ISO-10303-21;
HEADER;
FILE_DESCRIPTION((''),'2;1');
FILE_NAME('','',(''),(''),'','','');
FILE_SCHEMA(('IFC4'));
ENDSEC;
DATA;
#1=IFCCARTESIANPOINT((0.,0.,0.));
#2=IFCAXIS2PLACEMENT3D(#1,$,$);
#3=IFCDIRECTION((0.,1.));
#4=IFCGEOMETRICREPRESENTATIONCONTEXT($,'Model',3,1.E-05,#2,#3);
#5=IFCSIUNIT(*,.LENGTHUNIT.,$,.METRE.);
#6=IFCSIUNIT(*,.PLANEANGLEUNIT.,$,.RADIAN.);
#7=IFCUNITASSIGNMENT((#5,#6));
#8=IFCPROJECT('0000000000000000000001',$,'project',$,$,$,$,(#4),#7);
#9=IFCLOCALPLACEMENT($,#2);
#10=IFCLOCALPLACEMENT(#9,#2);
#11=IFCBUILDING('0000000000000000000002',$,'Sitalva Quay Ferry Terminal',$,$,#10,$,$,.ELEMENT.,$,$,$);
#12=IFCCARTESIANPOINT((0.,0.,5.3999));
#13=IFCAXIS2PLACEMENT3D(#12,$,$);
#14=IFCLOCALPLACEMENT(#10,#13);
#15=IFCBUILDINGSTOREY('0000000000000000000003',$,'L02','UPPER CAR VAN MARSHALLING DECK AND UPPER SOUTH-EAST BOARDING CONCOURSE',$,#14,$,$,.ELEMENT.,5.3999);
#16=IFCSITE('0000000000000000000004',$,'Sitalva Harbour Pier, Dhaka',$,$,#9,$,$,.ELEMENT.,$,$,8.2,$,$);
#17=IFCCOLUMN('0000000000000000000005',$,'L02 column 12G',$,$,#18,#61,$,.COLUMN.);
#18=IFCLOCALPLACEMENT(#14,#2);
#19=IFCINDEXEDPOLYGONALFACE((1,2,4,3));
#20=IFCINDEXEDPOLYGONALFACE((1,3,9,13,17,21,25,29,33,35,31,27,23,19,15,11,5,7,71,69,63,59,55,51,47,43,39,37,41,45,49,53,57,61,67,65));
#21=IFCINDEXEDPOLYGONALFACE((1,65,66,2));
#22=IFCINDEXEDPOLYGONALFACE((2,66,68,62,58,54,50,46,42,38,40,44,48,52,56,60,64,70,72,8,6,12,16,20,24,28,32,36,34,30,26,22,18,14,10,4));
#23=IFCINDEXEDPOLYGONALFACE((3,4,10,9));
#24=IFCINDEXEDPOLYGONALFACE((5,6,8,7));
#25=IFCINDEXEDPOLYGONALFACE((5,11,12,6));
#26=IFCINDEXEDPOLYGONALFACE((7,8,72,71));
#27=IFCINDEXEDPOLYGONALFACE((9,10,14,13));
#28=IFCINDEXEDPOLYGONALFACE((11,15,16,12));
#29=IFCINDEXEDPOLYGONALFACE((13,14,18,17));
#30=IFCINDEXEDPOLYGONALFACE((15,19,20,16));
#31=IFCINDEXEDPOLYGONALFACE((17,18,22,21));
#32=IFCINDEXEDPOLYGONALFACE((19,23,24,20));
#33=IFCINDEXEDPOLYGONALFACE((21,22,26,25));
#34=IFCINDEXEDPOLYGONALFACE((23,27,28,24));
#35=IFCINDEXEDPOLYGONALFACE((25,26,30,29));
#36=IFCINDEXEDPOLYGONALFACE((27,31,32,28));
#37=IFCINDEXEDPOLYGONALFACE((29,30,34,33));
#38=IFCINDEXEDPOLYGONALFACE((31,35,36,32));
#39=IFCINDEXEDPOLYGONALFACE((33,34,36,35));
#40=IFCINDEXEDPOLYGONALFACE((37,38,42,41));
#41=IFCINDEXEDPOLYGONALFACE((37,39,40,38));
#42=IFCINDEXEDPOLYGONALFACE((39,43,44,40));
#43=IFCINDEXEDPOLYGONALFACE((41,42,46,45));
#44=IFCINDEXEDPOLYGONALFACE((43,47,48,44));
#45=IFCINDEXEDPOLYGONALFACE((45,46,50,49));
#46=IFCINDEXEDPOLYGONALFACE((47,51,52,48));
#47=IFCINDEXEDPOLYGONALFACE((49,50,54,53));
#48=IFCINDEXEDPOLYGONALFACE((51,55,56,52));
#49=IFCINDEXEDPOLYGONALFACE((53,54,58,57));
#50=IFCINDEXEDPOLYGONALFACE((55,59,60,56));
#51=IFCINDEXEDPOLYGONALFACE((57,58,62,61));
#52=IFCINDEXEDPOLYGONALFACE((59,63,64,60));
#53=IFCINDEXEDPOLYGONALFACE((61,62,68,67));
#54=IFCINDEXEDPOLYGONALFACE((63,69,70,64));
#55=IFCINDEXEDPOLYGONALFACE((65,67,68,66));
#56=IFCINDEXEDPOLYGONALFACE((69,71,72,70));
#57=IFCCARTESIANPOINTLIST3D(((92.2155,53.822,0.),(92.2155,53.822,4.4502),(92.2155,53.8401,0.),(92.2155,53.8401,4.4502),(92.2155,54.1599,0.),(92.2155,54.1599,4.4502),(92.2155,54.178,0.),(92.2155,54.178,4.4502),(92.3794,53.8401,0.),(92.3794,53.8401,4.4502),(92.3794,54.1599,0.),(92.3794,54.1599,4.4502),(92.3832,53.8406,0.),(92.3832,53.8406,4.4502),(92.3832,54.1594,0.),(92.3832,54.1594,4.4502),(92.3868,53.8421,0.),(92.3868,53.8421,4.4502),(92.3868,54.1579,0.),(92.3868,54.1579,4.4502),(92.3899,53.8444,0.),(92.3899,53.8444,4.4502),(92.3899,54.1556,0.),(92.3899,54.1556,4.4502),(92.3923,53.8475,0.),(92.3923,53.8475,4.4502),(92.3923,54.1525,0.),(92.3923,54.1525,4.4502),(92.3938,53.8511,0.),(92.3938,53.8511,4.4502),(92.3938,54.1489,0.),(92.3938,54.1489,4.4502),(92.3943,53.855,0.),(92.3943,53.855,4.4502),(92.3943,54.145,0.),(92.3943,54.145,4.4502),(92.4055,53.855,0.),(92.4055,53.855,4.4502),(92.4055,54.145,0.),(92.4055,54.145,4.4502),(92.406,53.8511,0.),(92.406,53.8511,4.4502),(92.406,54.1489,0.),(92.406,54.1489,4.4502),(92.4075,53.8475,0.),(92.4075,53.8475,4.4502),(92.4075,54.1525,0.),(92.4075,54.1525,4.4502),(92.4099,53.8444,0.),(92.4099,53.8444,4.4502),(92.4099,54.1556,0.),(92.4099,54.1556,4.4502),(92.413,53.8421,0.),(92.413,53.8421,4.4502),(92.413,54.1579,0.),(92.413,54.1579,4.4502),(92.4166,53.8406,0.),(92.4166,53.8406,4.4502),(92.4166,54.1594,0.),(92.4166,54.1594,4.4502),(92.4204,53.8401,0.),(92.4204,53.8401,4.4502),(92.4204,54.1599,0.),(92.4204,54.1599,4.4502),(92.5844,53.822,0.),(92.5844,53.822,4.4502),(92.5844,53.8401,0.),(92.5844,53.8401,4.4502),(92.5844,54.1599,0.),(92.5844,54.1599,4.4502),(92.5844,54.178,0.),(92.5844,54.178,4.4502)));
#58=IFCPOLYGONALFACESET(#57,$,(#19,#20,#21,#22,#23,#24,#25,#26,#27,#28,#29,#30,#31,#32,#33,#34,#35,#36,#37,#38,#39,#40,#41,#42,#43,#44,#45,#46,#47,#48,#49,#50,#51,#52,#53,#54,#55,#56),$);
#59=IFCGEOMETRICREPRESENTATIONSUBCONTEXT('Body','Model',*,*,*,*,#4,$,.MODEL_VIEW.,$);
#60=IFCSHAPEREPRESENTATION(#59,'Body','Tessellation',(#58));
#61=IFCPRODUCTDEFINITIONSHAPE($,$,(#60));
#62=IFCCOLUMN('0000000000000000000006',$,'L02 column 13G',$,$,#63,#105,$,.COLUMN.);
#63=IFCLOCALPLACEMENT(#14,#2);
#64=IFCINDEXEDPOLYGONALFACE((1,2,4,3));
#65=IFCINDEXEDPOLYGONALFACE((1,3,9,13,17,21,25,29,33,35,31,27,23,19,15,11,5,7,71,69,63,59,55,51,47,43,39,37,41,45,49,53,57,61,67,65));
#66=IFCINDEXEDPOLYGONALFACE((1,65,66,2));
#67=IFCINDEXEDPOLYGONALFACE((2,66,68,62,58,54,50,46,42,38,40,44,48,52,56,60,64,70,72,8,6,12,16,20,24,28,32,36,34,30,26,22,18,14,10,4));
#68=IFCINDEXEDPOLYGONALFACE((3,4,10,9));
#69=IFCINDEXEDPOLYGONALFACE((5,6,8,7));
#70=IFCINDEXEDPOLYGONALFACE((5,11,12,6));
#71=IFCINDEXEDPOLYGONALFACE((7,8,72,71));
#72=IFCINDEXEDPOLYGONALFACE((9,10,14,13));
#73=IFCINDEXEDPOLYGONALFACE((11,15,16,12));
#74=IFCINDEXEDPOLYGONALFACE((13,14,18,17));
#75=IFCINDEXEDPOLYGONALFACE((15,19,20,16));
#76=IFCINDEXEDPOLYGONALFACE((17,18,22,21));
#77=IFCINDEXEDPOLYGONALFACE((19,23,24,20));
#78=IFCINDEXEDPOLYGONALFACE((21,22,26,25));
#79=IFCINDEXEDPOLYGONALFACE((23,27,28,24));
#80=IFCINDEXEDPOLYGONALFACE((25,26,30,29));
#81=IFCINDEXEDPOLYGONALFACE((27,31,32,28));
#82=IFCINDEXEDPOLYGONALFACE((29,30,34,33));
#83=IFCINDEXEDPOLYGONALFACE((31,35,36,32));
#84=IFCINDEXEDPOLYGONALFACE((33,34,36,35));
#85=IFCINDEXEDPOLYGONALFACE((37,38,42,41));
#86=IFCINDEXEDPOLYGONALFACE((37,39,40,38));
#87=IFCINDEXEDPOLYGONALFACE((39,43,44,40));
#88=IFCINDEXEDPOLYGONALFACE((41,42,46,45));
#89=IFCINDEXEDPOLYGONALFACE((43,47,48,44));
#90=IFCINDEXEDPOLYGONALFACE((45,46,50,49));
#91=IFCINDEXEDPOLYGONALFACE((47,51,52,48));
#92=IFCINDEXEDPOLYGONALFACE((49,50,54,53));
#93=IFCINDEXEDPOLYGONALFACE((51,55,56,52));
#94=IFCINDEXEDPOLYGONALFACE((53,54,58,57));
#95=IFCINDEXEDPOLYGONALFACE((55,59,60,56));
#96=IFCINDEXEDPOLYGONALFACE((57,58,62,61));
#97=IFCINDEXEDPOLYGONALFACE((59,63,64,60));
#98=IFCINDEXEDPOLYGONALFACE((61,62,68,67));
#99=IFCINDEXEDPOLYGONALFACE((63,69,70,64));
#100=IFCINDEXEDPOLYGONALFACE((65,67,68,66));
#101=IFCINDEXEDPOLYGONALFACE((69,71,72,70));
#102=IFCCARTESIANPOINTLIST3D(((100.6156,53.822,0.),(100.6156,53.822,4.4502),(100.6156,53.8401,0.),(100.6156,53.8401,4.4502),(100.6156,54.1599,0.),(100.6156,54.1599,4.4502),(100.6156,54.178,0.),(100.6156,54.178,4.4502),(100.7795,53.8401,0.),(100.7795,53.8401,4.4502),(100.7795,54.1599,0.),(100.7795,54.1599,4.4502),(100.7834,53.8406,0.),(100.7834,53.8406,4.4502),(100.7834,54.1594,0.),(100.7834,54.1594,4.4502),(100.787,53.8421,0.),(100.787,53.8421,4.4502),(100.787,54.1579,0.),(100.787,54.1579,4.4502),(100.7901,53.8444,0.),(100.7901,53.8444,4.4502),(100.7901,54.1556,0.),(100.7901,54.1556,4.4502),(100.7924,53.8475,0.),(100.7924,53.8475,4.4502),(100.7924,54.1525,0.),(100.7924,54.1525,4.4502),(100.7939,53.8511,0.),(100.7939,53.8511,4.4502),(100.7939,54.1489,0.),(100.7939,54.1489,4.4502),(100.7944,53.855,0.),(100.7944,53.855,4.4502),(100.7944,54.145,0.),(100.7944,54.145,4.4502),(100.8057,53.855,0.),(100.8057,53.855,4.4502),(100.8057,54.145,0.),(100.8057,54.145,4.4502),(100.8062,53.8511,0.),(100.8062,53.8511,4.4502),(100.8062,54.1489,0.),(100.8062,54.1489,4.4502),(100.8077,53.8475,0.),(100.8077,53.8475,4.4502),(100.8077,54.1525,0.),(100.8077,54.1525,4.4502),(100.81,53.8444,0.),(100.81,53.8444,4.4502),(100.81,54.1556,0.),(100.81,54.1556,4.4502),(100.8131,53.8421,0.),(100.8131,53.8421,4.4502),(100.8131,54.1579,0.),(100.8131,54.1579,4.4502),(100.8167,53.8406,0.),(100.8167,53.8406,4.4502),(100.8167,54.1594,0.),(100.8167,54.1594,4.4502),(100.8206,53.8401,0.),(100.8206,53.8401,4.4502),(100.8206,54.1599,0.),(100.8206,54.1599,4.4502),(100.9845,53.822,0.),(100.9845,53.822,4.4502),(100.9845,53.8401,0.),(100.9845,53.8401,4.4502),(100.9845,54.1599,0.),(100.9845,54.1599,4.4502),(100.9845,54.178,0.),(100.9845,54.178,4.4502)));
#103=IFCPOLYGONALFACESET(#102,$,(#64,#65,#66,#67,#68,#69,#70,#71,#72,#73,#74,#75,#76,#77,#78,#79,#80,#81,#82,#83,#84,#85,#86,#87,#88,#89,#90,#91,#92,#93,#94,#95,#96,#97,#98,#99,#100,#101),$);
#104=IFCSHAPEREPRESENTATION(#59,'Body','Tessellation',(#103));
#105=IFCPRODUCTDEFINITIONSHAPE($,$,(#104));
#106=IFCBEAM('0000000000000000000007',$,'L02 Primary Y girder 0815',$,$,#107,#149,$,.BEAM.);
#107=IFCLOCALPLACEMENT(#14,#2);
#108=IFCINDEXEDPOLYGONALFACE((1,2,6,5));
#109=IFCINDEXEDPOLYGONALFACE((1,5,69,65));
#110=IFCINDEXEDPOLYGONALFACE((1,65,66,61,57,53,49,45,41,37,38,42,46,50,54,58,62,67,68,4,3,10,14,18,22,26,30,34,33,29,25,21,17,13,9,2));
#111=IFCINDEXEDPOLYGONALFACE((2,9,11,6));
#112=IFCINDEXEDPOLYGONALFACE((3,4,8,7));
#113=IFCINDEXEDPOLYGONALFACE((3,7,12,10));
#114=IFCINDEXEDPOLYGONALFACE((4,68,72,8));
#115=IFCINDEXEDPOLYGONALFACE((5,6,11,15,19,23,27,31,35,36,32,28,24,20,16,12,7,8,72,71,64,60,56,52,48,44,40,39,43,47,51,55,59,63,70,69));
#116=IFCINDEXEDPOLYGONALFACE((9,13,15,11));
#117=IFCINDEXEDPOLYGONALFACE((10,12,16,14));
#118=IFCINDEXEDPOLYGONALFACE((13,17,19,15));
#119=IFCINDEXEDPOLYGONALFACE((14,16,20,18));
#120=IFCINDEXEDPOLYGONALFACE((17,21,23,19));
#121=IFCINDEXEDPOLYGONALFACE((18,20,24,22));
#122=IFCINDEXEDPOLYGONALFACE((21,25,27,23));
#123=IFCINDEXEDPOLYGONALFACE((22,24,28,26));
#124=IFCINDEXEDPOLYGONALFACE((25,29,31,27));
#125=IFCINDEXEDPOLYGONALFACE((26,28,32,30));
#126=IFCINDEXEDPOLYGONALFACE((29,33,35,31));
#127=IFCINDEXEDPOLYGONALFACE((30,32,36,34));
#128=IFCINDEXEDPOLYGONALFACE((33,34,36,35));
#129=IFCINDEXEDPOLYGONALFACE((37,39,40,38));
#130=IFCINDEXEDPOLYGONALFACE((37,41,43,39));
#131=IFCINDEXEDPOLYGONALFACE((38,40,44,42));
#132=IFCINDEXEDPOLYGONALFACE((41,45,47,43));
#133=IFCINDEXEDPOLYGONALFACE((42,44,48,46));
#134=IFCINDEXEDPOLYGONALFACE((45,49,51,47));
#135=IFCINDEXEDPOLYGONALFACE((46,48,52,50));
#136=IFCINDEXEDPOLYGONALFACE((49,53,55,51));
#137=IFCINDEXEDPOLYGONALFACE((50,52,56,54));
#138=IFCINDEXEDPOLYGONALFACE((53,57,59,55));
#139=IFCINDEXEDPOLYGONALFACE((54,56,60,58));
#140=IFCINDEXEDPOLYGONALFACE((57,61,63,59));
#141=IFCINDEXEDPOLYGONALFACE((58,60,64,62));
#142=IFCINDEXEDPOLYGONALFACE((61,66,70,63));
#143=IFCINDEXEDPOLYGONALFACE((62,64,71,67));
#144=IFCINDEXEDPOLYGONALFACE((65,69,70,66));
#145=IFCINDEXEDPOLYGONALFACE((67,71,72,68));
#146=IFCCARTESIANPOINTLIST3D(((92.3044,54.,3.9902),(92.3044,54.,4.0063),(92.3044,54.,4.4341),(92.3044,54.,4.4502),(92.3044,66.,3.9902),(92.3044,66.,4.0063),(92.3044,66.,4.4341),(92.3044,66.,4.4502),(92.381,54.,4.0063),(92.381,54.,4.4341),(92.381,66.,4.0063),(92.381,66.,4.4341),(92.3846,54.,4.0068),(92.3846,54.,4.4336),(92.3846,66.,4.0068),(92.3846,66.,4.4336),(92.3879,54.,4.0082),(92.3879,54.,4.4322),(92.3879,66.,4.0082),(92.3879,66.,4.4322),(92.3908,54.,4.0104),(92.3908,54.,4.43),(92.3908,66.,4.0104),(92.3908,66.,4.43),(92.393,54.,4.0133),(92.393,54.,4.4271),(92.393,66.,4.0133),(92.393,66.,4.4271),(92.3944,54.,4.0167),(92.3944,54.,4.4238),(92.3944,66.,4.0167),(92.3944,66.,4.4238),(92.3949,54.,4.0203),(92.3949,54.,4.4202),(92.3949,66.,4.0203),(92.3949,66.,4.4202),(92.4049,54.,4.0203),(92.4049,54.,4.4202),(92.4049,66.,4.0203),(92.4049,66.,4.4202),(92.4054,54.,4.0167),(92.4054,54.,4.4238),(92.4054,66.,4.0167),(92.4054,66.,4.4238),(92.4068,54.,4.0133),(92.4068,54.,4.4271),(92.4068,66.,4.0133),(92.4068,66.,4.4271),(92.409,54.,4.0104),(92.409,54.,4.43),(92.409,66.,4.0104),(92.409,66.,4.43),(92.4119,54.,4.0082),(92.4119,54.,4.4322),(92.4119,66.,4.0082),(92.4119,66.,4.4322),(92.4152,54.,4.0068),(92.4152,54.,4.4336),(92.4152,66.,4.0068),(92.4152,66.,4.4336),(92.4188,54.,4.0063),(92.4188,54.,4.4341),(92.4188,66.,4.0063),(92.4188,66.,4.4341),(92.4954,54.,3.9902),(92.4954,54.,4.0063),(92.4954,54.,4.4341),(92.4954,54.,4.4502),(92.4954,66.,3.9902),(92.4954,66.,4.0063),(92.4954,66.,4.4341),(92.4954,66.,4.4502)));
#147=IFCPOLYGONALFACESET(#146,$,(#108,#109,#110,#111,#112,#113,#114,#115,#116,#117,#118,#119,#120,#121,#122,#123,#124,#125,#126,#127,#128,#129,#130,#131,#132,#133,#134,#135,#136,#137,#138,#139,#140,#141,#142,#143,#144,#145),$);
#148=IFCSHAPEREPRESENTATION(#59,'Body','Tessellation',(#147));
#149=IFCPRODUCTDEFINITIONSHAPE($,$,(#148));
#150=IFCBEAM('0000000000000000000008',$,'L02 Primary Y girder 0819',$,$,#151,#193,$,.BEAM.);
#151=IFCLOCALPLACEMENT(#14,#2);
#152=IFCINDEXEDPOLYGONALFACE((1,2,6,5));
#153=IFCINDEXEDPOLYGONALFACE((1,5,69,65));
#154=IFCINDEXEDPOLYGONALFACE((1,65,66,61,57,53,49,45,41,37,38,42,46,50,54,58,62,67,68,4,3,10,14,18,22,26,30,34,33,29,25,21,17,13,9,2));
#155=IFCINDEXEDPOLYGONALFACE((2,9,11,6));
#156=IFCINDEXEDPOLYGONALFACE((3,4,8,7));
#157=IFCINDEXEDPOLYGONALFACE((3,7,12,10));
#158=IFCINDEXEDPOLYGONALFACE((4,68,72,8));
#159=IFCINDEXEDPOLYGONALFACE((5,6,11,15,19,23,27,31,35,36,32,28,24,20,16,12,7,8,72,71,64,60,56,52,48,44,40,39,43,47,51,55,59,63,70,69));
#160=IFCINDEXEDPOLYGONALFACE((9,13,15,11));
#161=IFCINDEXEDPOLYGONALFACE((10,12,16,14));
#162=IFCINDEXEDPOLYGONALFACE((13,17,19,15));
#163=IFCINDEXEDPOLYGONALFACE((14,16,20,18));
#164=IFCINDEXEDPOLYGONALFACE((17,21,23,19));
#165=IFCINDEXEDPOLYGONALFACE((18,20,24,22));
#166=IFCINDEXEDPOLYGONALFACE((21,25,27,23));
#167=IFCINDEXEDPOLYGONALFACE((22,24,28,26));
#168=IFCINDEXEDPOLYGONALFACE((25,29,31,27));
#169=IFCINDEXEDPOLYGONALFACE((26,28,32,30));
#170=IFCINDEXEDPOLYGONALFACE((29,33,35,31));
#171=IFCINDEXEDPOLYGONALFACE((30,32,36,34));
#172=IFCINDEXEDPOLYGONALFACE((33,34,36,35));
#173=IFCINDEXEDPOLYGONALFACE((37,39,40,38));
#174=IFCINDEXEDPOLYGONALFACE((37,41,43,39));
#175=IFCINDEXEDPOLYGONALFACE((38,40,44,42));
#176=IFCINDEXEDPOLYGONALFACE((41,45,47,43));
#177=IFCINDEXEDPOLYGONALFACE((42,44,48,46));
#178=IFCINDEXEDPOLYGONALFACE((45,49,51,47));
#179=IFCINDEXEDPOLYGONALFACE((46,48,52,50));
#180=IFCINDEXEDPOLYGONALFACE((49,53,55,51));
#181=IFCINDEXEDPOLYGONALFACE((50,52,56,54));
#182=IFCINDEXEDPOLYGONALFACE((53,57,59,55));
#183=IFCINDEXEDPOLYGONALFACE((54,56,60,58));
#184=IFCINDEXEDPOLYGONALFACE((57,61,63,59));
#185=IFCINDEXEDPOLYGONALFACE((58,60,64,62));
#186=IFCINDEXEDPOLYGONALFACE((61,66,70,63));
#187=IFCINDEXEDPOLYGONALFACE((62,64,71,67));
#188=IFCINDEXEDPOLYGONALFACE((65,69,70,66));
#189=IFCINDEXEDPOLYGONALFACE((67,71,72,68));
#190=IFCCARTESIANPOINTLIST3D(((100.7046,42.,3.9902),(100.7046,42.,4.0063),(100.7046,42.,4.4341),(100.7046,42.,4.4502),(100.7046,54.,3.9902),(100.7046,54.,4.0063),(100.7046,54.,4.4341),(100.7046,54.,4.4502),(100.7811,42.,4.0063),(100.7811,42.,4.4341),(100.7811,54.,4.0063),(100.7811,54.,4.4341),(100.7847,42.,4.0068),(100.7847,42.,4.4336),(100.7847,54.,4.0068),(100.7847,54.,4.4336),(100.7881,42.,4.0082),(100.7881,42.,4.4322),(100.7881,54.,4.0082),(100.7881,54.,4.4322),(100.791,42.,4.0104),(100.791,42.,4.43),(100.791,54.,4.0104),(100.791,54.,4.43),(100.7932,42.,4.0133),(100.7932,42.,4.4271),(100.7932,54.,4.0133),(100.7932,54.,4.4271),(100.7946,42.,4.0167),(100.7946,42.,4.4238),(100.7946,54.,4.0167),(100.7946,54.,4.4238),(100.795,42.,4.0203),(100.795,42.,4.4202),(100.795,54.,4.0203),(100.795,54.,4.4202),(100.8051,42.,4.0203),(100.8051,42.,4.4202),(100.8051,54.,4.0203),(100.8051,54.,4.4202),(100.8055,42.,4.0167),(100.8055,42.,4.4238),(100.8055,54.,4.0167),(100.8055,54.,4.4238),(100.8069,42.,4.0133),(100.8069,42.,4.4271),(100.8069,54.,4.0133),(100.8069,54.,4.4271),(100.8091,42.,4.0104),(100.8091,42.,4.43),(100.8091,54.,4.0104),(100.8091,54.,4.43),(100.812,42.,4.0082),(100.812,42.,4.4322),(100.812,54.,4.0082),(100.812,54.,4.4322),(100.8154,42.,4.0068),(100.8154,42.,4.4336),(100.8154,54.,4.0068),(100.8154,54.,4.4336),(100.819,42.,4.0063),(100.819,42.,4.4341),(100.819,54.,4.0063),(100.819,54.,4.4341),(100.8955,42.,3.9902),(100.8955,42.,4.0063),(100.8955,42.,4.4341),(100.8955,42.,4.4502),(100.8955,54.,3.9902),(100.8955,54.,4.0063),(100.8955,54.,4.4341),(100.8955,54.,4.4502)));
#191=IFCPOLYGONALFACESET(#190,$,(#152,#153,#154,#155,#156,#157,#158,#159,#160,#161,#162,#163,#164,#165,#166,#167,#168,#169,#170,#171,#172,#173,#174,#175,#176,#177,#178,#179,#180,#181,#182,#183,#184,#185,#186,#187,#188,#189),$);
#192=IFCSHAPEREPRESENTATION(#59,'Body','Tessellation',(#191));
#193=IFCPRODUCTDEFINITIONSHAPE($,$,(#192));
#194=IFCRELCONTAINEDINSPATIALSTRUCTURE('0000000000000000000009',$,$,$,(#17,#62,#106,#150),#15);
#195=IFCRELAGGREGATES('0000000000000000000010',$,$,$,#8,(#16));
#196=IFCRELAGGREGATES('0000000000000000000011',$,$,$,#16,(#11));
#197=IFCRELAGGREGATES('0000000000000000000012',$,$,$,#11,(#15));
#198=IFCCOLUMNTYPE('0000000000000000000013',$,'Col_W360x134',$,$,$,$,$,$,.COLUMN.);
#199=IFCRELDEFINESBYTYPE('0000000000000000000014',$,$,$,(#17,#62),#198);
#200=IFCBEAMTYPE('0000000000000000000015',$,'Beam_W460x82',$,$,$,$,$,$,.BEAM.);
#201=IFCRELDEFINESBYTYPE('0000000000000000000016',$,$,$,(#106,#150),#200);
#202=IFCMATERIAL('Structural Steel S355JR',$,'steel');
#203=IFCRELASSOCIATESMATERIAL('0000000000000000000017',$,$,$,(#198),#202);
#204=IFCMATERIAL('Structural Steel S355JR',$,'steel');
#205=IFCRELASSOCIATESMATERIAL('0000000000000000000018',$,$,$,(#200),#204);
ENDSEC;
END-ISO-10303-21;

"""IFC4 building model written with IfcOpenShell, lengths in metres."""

from ifc_helpers import new_model, si_unit, direction, frame, origin, origin_2d, place, context, subcontext, project, spatial, i_section, extrude, material, material_profile, profile_set, type_object, element, save


model = new_model("IFC4")

# Units and contexts
model_context = context("Model", 3, precision=1e-05, world=origin(), true_north=direction((0.0, 1.0)))
body_context = subcontext(model_context, "Body", "Model", "MODEL_VIEW")
ifc_project = project(units=[si_unit("LENGTHUNIT", "METRE"), si_unit("PLANEANGLEUNIT", "RADIAN")], contexts=[model_context])

# Site, building, storey
site_placement = place(None, origin())
site = spatial("IfcSite", under=ifc_project, at=site_placement, Name="Sitalva Harbour Pier, Dhaka", CompositionType="ELEMENT", RefElevation=8.2)
building_placement = place(site_placement, origin())
building = spatial("IfcBuilding", under=site, at=building_placement, Name="Sitalva Quay Ferry Terminal", CompositionType="ELEMENT")
storey_placement = place(building_placement, frame((0.0, 0.0, 5.3999)))
storey = spatial("IfcBuildingStorey", under=building, at=storey_placement, Name="L02", Description="UPPER CAR VAN MARSHALLING DECK AND UPPER SOUTH-EAST BOARDING CONCOURSE", CompositionType="ELEMENT", Elevation=5.3999)

# Columns
ifc_material_1 = material(Name="Structural Steel S355JR", Category="steel")
ifc_material_profile_1 = material_profile(ifc_material_1, i_section(OverallWidth=0.3689, OverallDepth=0.356, WebThickness=0.0112, FlangeThickness=0.0181, FilletRadius=0.0149, at=origin_2d()), Name="W360x134")
ifc_profile_set_1 = profile_set([ifc_material_profile_1], Name="Structural Steel S355JR")
column_type = type_object("IfcColumnType", Name="Col_W360x134", PredefinedType="COLUMN", material=ifc_profile_set_1)
for number, where, z_axis, x_axis, name in (
    (1, (92.3999, 54.0, 0.0), (0.0, 0.0, 1.0), (1.0, 0.0, 0.0), "L02 column 12G"),
    (2, (100.8, 54.0, 0.0), (0.0, 0.0, 1.0), (1.0, 0.0, 0.0), "L02 column 13G"),
):
    element("IfcColumn", number, at=place(storey_placement, frame(where, z_axis=z_axis, x_axis=x_axis)), inside=storey, type_object=column_type, Name=name, PredefinedType="COLUMN", context=body_context, shape_type="SweptSolid", body=[
        extrude(i_section(OverallWidth=0.3689, OverallDepth=0.356, WebThickness=0.0112, FlangeThickness=0.0181, FilletRadius=0.0149, at=origin_2d()), origin(), (0.0, 0.0, 1.0), 4.4502),
    ])

# Beams
ifc_material_2 = material(Name="Structural Steel S355JR", Category="steel")
ifc_material_profile_2 = material_profile(ifc_material_2, i_section(OverallWidth=0.1909, OverallDepth=0.46, WebThickness=0.01, FlangeThickness=0.0161, FilletRadius=0.0139, at=origin_2d()), Name="W460x82")
ifc_profile_set_2 = profile_set([ifc_material_profile_2], Name="Structural Steel S355JR")
beam_type_1 = type_object("IfcBeamType", Name="Beam_W460x82", PredefinedType="BEAM", material=ifc_profile_set_2)
for number, where, z_axis, x_axis, name in (
    (3, (92.3999, 54.0, 4.2202), (0.0, 1.0, 0.0), (-1.0, 0.0, 0.0), "L02 Primary Y girder 0815"),
    (4, (100.8, 42.0, 4.2202), (0.0, 1.0, 0.0), (-1.0, 0.0, 0.0), "L02 Primary Y girder 0819"),
):
    element("IfcBeam", number, at=place(storey_placement, frame(where, z_axis=z_axis, x_axis=x_axis)), inside=storey, type_object=beam_type_1, Name=name, PredefinedType="BEAM", context=body_context, shape_type="SweptSolid", body=[
        extrude(i_section(OverallWidth=0.1909, OverallDepth=0.46, WebThickness=0.01, FlangeThickness=0.0161, FilletRadius=0.0139, at=origin_2d()), origin(), (0.0, 0.0, 1.0), 12.0),
    ])

save(model, "model.ifc")
